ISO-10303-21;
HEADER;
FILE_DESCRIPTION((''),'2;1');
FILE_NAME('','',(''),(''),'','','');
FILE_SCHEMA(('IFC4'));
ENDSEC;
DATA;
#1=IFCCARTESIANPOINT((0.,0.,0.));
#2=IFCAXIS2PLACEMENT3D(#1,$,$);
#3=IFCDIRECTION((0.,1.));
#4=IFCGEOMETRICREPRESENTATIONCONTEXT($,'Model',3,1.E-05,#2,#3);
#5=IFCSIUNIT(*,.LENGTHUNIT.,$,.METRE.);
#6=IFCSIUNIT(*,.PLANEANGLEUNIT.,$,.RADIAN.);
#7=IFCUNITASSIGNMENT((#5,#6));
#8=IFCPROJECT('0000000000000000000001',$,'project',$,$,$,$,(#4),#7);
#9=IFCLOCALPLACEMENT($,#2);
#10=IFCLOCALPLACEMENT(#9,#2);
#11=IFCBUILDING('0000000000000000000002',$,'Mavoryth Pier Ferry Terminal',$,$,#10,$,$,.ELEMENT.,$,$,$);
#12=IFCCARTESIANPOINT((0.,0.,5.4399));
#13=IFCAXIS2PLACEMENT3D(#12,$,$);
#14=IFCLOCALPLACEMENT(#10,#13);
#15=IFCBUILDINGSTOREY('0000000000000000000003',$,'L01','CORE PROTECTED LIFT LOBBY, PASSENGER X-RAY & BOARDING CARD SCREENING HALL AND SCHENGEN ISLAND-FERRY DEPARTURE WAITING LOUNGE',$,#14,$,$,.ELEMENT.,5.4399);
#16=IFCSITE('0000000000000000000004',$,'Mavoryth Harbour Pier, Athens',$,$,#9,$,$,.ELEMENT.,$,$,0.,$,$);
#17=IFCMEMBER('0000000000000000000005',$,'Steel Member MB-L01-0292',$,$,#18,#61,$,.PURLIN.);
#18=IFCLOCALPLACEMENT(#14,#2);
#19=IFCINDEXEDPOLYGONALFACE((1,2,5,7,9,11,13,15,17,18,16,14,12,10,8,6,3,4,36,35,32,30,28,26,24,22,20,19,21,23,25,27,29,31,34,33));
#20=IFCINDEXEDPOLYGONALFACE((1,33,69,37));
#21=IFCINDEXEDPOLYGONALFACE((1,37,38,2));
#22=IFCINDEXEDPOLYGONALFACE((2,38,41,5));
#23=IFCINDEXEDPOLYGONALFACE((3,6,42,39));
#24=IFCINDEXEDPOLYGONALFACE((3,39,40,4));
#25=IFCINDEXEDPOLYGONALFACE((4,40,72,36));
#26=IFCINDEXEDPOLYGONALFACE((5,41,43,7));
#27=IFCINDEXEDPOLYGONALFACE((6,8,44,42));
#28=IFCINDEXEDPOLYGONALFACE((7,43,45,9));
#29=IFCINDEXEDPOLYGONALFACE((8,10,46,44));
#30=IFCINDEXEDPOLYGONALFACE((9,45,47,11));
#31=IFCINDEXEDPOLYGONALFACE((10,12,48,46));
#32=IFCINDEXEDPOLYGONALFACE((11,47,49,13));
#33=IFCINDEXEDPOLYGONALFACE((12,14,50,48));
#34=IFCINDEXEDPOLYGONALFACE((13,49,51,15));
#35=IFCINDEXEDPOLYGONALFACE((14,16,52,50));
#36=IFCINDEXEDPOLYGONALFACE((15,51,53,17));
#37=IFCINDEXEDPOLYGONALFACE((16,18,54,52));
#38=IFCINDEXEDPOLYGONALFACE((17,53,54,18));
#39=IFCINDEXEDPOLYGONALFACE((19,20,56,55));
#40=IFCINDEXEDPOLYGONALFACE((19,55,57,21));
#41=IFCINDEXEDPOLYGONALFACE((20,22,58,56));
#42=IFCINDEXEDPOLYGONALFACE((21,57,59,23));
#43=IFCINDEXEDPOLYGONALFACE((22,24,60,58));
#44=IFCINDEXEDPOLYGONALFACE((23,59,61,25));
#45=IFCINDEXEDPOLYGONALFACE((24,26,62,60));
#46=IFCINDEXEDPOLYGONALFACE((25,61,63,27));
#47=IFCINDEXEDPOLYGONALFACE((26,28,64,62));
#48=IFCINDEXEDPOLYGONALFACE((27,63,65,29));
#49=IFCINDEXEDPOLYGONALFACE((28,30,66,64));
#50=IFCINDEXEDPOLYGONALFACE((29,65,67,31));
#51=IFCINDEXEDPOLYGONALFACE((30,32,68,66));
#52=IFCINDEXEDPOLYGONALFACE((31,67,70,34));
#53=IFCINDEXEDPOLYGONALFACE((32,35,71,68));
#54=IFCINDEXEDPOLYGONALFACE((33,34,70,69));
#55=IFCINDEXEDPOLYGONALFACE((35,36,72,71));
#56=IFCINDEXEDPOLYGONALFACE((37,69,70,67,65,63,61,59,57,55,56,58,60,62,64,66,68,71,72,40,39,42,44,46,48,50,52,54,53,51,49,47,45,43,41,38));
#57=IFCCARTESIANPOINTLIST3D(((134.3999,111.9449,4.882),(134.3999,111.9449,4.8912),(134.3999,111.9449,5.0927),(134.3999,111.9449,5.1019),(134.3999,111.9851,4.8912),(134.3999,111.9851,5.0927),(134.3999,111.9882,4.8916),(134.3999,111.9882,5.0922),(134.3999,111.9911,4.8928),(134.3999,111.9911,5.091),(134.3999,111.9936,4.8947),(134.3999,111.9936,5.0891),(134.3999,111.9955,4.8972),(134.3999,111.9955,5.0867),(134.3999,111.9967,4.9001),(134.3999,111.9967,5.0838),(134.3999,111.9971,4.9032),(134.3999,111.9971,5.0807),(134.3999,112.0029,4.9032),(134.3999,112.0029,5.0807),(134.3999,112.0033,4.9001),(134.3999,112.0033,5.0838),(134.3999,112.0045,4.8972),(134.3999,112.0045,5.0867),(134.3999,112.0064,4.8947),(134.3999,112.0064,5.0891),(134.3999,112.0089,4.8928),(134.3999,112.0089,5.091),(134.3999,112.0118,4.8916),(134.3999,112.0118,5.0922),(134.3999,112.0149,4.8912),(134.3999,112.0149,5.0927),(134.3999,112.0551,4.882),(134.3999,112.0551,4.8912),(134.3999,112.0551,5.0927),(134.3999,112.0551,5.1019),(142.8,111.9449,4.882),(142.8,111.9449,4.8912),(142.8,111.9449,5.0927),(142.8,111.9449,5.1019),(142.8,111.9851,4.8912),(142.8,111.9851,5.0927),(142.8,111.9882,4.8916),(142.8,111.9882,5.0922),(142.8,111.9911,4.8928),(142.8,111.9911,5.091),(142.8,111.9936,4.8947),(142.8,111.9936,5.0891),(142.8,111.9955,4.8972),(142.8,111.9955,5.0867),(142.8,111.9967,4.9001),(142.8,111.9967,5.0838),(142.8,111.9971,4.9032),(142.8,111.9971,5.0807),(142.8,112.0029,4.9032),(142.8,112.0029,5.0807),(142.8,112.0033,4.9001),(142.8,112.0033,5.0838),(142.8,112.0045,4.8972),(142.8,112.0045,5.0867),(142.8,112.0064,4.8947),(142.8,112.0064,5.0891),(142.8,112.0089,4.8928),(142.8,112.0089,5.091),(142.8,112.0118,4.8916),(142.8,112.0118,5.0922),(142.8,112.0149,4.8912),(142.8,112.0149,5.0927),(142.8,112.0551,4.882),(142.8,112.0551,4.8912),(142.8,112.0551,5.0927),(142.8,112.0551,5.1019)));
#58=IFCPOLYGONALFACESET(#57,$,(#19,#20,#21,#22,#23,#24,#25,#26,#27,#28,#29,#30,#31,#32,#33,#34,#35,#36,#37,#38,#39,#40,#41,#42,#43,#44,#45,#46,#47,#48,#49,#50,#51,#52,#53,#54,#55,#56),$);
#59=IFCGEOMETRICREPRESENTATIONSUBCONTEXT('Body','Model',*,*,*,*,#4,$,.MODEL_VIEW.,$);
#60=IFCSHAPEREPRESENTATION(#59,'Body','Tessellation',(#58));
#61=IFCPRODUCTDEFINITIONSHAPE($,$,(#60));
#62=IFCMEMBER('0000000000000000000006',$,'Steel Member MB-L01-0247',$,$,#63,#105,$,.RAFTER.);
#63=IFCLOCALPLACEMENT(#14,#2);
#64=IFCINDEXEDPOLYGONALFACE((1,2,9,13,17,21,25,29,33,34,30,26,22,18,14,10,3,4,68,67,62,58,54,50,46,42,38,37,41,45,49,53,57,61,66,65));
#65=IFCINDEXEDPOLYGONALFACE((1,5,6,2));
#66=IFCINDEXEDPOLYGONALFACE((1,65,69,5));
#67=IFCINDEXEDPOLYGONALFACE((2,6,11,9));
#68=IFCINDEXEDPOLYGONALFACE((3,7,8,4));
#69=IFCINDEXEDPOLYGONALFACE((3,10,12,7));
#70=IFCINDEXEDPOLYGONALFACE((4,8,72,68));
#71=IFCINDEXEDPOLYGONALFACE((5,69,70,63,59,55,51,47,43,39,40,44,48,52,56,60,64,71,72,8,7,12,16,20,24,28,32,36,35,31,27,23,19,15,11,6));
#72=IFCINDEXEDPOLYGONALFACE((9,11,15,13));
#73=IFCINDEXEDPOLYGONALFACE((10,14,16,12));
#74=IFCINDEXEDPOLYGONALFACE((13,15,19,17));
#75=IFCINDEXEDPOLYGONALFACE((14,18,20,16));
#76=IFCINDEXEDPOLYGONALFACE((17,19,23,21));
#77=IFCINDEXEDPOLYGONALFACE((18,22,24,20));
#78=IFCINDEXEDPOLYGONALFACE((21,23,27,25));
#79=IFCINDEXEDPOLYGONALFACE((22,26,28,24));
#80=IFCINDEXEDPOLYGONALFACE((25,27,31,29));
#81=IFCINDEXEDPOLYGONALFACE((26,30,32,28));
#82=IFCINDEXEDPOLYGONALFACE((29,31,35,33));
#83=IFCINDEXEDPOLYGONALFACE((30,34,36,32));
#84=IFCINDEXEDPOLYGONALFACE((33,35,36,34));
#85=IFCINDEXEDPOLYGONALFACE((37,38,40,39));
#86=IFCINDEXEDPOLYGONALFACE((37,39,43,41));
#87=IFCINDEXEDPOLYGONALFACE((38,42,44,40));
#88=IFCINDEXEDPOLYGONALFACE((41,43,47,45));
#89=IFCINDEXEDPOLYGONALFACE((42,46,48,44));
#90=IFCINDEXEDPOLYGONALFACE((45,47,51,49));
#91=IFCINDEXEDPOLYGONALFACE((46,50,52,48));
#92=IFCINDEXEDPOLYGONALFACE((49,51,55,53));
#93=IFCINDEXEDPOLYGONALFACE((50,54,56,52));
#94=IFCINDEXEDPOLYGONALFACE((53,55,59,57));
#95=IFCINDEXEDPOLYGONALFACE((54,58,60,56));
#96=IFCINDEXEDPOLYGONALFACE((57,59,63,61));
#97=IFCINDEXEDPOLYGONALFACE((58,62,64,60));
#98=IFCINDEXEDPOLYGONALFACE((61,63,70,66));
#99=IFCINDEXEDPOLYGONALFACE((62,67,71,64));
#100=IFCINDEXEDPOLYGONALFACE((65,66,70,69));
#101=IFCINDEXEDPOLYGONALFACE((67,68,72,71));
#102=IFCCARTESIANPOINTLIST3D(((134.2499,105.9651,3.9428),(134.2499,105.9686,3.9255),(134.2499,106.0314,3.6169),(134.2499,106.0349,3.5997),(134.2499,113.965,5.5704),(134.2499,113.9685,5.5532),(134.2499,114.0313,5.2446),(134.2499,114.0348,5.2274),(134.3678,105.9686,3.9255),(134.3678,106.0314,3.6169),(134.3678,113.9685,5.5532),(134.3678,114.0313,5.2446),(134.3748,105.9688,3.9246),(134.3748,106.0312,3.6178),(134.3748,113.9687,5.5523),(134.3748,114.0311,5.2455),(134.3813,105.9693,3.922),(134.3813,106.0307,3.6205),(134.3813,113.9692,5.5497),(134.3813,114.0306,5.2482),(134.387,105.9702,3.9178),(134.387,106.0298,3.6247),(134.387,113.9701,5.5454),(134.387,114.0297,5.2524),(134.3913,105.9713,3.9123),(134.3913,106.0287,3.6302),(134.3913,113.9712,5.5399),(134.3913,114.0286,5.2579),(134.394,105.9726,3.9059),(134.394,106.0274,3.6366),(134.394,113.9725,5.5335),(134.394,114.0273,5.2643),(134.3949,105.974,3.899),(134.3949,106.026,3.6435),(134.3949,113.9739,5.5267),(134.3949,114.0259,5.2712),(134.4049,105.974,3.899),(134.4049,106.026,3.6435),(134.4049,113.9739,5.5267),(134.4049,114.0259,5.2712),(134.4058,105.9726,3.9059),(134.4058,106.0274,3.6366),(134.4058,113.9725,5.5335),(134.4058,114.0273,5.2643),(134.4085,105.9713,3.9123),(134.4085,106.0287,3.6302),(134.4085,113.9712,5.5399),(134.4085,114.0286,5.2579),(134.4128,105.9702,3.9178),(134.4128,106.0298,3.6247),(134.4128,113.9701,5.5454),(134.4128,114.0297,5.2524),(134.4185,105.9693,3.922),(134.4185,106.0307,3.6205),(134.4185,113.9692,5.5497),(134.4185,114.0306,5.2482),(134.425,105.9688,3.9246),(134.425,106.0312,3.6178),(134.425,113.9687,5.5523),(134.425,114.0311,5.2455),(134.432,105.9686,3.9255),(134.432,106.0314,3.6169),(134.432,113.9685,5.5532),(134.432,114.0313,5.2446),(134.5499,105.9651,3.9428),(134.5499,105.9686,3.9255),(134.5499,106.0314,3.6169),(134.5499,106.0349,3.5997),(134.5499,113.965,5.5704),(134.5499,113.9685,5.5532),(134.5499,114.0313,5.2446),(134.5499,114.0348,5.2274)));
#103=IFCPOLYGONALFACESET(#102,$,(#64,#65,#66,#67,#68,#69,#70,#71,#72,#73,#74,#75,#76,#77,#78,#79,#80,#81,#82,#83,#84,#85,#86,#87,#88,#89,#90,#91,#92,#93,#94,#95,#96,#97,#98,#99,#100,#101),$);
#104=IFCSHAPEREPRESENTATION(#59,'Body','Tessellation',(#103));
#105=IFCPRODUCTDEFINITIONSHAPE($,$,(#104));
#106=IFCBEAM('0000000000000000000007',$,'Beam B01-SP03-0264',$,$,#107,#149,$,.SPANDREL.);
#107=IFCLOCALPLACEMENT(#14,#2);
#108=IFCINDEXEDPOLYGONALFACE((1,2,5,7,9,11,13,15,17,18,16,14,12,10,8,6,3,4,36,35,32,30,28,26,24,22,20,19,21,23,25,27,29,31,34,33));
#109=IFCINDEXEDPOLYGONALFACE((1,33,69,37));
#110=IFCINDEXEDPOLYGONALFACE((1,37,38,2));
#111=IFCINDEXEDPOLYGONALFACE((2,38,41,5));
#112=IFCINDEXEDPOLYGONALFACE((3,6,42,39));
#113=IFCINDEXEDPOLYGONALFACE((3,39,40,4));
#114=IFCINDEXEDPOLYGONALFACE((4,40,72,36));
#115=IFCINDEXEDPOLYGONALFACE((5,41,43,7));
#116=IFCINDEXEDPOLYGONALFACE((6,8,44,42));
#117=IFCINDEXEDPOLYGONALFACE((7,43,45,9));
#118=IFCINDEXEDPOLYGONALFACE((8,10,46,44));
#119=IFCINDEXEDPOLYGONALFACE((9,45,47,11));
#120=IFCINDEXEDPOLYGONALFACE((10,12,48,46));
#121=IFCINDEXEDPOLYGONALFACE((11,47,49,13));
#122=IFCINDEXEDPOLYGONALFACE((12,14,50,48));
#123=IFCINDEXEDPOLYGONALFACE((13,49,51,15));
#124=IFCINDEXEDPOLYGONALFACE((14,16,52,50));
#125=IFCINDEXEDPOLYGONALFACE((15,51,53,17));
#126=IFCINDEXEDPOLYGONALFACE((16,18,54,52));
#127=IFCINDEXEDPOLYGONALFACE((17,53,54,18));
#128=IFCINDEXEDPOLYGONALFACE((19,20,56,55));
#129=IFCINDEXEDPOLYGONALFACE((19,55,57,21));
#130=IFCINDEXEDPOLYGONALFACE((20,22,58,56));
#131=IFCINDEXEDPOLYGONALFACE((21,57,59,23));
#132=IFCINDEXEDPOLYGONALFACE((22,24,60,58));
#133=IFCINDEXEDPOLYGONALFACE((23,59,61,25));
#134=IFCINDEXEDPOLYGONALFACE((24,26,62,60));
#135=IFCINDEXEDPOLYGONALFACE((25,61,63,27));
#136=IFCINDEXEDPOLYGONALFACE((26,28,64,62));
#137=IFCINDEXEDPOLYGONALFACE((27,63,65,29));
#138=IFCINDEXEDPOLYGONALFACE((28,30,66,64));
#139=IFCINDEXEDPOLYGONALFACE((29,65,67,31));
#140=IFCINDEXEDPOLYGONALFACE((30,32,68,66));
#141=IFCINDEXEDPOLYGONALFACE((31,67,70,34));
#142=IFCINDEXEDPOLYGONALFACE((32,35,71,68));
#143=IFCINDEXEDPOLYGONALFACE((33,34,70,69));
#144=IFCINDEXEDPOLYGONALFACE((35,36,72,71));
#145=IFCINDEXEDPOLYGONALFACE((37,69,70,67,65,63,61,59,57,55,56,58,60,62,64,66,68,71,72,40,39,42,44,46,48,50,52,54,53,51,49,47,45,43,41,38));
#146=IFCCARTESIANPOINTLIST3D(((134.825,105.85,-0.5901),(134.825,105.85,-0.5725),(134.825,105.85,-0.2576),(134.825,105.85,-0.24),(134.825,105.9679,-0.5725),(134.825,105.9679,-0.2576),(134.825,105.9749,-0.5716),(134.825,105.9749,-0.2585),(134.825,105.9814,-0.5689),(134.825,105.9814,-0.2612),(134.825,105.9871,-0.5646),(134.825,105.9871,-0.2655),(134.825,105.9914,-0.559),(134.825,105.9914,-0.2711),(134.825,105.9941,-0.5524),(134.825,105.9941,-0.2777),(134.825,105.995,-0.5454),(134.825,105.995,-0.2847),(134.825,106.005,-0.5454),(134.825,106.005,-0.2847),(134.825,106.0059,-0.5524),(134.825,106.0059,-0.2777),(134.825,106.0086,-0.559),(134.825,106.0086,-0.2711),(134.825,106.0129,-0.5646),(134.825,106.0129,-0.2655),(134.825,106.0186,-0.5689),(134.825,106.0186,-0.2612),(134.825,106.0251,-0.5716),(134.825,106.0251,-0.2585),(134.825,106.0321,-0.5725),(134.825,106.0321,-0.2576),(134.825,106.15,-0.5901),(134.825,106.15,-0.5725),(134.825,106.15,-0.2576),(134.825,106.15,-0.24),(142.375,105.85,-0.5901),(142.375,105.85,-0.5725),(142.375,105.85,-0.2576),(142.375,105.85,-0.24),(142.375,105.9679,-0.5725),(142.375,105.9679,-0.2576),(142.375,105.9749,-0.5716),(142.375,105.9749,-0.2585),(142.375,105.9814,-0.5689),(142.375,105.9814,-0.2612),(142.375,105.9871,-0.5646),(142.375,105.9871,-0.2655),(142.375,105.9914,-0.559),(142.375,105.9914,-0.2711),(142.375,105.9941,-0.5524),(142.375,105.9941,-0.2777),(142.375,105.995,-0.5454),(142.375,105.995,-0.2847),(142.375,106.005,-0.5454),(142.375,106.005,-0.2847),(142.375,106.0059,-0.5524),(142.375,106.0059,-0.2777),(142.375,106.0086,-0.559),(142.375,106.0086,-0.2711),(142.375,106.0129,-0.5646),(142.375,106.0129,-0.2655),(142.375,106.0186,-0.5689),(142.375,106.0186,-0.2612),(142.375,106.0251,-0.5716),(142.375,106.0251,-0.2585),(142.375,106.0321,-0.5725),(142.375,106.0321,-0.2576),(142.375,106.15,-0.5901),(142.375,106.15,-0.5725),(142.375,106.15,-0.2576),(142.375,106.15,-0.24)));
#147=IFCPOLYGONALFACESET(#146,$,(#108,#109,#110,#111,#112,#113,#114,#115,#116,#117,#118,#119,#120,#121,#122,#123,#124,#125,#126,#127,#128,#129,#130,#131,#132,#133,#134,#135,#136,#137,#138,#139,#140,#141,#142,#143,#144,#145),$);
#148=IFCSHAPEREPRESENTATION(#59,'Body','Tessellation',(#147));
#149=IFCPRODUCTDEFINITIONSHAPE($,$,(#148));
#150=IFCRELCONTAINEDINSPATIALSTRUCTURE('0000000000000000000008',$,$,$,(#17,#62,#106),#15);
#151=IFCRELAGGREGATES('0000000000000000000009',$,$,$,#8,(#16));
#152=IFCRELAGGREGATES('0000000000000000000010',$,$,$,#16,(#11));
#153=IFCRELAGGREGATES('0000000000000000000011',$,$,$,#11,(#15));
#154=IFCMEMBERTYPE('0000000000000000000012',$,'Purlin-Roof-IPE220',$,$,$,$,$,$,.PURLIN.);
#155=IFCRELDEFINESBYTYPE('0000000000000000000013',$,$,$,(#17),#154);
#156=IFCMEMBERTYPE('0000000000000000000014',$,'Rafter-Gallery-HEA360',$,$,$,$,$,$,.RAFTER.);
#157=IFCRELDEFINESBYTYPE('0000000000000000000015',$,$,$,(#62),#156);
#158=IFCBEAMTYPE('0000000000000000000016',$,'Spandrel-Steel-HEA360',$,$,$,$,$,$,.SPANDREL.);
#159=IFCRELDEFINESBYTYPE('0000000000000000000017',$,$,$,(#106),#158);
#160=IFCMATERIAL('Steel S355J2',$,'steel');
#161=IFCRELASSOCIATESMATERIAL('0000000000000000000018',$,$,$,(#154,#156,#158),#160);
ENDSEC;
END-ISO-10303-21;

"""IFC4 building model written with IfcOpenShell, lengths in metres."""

from ifc_helpers import new_model, si_unit, direction, frame, origin, origin_2d, place, context, subcontext, project, spatial, i_section, extrude, material, material_profile, profile_set, type_object, element, save


model = new_model("IFC4")

# Units and contexts
model_context = context("Model", 3, precision=1e-05, world=origin(), true_north=direction((0.0, 1.0)))
body_context = subcontext(model_context, "Body", "Model", "MODEL_VIEW")
ifc_project = project(units=[si_unit("LENGTHUNIT", "METRE"), si_unit("PLANEANGLEUNIT", "RADIAN")], contexts=[model_context])

# Site, building, storey
site_placement = place(None, origin())
site = spatial("IfcSite", under=ifc_project, at=site_placement, Name="Mavoryth Harbour Pier, Athens", CompositionType="ELEMENT", RefElevation=0.0)
building_placement = place(site_placement, origin())
building = spatial("IfcBuilding", under=site, at=building_placement, Name="Mavoryth Pier Ferry Terminal", CompositionType="ELEMENT")
storey_placement = place(building_placement, frame((0.0, 0.0, 5.4399)))
storey = spatial("IfcBuildingStorey", under=building, at=storey_placement, Name="L01", Description="CORE PROTECTED LIFT LOBBY, PASSENGER X-RAY & BOARDING CARD SCREENING HALL AND SCHENGEN ISLAND-FERRY DEPARTURE WAITING LOUNGE", CompositionType="ELEMENT", Elevation=5.4399)

# Shared definitions
ifc_material_1 = material(Name="Steel S355J2", Category="steel")

# Members
ifc_material_profile_1 = material_profile(ifc_material_1, i_section(OverallWidth=0.1101, OverallDepth=0.22, WebThickness=0.0059, FlangeThickness=0.0093, FilletRadius=0.012, at=origin_2d()), Name="IPE 220", Category="steel")
ifc_profile_set_1 = profile_set([ifc_material_profile_1], Name="Steel S355J2 - IPE 220")
member_type_1 = type_object("IfcMemberType", Name="Purlin-Roof-IPE220", PredefinedType="PURLIN", material=ifc_profile_set_1)
for number, where, z_axis, x_axis, name in (
    (1, (134.3999, 112.0, 4.9919), (1.0, 0.0, 0.0), (0.0, 1.0, 0.0), "Steel Member MB-L01-0292"),
):
    element("IfcMember", number, at=place(storey_placement, frame(where, z_axis=z_axis, x_axis=x_axis)), inside=storey, type_object=member_type_1, Name=name, PredefinedType="PURLIN", context=body_context, shape_type="SweptSolid", body=[
        extrude(i_section(OverallWidth=0.1101, OverallDepth=0.22, WebThickness=0.0059, FlangeThickness=0.0093, FilletRadius=0.012, at=origin_2d()), origin(), (0.0, 0.0, 1.0), 8.4001),
    ])
ifc_material_profile_2 = material_profile(ifc_material_1, i_section(OverallWidth=0.3, OverallDepth=0.3501, WebThickness=0.01, FlangeThickness=0.0176, FilletRadius=0.0271, at=origin_2d()), Name="HEA 360", Category="steel")
ifc_profile_set_2 = profile_set([ifc_material_profile_2], Name="Steel S355J2 - HEA 360")
member_type_2 = type_object("IfcMemberType", Name="Rafter-Gallery-HEA360", PredefinedType="RAFTER", material=ifc_profile_set_2)
member_1_placement = place(storey_placement, frame((134.3999, 106.0, 3.7712), z_axis=(0.0, 0.979923, 0.199376), x_axis=(-1.0, 0.0, 0.0)))
element("IfcMember", 2, at=member_1_placement, inside=storey, type_object=member_type_2, Name="Steel Member MB-L01-0247", PredefinedType="RAFTER", context=body_context, shape_type="SweptSolid", body=[
    extrude(i_section(OverallWidth=0.3, OverallDepth=0.3501, WebThickness=0.01, FlangeThickness=0.0176, FilletRadius=0.0271, at=origin_2d()), origin(), (0.0, 0.0, 1.0), 8.1638),
])

# Beam
ifc_material_profile_3 = material_profile(ifc_material_1, i_section(OverallWidth=0.3, OverallDepth=0.3501, WebThickness=0.01, FlangeThickness=0.0176, FilletRadius=0.0271, at=origin_2d()), Name="HEA 360", Category="steel")
ifc_profile_set_3 = profile_set([ifc_material_profile_3], Name="Steel S355J2 - HEA 360")
beam_type_1 = type_object("IfcBeamType", Name="Spandrel-Steel-HEA360", PredefinedType="SPANDREL", material=ifc_profile_set_3)
beam_1_placement = place(storey_placement, frame((134.825, 106.0, -0.415), z_axis=(1.0, 0.0, 0.0), x_axis=(0.0, 1.0, 0.0)))
element("IfcBeam", 3, at=beam_1_placement, inside=storey, type_object=beam_type_1, Name="Beam B01-SP03-0264", PredefinedType="SPANDREL", context=body_context, shape_type="SweptSolid", body=[
    extrude(i_section(OverallWidth=0.3, OverallDepth=0.3501, WebThickness=0.01, FlangeThickness=0.0176, FilletRadius=0.0271, at=origin_2d()), origin(), (0.0, 0.0, 1.0), 7.55),
])

save(model, "model.ifc")
